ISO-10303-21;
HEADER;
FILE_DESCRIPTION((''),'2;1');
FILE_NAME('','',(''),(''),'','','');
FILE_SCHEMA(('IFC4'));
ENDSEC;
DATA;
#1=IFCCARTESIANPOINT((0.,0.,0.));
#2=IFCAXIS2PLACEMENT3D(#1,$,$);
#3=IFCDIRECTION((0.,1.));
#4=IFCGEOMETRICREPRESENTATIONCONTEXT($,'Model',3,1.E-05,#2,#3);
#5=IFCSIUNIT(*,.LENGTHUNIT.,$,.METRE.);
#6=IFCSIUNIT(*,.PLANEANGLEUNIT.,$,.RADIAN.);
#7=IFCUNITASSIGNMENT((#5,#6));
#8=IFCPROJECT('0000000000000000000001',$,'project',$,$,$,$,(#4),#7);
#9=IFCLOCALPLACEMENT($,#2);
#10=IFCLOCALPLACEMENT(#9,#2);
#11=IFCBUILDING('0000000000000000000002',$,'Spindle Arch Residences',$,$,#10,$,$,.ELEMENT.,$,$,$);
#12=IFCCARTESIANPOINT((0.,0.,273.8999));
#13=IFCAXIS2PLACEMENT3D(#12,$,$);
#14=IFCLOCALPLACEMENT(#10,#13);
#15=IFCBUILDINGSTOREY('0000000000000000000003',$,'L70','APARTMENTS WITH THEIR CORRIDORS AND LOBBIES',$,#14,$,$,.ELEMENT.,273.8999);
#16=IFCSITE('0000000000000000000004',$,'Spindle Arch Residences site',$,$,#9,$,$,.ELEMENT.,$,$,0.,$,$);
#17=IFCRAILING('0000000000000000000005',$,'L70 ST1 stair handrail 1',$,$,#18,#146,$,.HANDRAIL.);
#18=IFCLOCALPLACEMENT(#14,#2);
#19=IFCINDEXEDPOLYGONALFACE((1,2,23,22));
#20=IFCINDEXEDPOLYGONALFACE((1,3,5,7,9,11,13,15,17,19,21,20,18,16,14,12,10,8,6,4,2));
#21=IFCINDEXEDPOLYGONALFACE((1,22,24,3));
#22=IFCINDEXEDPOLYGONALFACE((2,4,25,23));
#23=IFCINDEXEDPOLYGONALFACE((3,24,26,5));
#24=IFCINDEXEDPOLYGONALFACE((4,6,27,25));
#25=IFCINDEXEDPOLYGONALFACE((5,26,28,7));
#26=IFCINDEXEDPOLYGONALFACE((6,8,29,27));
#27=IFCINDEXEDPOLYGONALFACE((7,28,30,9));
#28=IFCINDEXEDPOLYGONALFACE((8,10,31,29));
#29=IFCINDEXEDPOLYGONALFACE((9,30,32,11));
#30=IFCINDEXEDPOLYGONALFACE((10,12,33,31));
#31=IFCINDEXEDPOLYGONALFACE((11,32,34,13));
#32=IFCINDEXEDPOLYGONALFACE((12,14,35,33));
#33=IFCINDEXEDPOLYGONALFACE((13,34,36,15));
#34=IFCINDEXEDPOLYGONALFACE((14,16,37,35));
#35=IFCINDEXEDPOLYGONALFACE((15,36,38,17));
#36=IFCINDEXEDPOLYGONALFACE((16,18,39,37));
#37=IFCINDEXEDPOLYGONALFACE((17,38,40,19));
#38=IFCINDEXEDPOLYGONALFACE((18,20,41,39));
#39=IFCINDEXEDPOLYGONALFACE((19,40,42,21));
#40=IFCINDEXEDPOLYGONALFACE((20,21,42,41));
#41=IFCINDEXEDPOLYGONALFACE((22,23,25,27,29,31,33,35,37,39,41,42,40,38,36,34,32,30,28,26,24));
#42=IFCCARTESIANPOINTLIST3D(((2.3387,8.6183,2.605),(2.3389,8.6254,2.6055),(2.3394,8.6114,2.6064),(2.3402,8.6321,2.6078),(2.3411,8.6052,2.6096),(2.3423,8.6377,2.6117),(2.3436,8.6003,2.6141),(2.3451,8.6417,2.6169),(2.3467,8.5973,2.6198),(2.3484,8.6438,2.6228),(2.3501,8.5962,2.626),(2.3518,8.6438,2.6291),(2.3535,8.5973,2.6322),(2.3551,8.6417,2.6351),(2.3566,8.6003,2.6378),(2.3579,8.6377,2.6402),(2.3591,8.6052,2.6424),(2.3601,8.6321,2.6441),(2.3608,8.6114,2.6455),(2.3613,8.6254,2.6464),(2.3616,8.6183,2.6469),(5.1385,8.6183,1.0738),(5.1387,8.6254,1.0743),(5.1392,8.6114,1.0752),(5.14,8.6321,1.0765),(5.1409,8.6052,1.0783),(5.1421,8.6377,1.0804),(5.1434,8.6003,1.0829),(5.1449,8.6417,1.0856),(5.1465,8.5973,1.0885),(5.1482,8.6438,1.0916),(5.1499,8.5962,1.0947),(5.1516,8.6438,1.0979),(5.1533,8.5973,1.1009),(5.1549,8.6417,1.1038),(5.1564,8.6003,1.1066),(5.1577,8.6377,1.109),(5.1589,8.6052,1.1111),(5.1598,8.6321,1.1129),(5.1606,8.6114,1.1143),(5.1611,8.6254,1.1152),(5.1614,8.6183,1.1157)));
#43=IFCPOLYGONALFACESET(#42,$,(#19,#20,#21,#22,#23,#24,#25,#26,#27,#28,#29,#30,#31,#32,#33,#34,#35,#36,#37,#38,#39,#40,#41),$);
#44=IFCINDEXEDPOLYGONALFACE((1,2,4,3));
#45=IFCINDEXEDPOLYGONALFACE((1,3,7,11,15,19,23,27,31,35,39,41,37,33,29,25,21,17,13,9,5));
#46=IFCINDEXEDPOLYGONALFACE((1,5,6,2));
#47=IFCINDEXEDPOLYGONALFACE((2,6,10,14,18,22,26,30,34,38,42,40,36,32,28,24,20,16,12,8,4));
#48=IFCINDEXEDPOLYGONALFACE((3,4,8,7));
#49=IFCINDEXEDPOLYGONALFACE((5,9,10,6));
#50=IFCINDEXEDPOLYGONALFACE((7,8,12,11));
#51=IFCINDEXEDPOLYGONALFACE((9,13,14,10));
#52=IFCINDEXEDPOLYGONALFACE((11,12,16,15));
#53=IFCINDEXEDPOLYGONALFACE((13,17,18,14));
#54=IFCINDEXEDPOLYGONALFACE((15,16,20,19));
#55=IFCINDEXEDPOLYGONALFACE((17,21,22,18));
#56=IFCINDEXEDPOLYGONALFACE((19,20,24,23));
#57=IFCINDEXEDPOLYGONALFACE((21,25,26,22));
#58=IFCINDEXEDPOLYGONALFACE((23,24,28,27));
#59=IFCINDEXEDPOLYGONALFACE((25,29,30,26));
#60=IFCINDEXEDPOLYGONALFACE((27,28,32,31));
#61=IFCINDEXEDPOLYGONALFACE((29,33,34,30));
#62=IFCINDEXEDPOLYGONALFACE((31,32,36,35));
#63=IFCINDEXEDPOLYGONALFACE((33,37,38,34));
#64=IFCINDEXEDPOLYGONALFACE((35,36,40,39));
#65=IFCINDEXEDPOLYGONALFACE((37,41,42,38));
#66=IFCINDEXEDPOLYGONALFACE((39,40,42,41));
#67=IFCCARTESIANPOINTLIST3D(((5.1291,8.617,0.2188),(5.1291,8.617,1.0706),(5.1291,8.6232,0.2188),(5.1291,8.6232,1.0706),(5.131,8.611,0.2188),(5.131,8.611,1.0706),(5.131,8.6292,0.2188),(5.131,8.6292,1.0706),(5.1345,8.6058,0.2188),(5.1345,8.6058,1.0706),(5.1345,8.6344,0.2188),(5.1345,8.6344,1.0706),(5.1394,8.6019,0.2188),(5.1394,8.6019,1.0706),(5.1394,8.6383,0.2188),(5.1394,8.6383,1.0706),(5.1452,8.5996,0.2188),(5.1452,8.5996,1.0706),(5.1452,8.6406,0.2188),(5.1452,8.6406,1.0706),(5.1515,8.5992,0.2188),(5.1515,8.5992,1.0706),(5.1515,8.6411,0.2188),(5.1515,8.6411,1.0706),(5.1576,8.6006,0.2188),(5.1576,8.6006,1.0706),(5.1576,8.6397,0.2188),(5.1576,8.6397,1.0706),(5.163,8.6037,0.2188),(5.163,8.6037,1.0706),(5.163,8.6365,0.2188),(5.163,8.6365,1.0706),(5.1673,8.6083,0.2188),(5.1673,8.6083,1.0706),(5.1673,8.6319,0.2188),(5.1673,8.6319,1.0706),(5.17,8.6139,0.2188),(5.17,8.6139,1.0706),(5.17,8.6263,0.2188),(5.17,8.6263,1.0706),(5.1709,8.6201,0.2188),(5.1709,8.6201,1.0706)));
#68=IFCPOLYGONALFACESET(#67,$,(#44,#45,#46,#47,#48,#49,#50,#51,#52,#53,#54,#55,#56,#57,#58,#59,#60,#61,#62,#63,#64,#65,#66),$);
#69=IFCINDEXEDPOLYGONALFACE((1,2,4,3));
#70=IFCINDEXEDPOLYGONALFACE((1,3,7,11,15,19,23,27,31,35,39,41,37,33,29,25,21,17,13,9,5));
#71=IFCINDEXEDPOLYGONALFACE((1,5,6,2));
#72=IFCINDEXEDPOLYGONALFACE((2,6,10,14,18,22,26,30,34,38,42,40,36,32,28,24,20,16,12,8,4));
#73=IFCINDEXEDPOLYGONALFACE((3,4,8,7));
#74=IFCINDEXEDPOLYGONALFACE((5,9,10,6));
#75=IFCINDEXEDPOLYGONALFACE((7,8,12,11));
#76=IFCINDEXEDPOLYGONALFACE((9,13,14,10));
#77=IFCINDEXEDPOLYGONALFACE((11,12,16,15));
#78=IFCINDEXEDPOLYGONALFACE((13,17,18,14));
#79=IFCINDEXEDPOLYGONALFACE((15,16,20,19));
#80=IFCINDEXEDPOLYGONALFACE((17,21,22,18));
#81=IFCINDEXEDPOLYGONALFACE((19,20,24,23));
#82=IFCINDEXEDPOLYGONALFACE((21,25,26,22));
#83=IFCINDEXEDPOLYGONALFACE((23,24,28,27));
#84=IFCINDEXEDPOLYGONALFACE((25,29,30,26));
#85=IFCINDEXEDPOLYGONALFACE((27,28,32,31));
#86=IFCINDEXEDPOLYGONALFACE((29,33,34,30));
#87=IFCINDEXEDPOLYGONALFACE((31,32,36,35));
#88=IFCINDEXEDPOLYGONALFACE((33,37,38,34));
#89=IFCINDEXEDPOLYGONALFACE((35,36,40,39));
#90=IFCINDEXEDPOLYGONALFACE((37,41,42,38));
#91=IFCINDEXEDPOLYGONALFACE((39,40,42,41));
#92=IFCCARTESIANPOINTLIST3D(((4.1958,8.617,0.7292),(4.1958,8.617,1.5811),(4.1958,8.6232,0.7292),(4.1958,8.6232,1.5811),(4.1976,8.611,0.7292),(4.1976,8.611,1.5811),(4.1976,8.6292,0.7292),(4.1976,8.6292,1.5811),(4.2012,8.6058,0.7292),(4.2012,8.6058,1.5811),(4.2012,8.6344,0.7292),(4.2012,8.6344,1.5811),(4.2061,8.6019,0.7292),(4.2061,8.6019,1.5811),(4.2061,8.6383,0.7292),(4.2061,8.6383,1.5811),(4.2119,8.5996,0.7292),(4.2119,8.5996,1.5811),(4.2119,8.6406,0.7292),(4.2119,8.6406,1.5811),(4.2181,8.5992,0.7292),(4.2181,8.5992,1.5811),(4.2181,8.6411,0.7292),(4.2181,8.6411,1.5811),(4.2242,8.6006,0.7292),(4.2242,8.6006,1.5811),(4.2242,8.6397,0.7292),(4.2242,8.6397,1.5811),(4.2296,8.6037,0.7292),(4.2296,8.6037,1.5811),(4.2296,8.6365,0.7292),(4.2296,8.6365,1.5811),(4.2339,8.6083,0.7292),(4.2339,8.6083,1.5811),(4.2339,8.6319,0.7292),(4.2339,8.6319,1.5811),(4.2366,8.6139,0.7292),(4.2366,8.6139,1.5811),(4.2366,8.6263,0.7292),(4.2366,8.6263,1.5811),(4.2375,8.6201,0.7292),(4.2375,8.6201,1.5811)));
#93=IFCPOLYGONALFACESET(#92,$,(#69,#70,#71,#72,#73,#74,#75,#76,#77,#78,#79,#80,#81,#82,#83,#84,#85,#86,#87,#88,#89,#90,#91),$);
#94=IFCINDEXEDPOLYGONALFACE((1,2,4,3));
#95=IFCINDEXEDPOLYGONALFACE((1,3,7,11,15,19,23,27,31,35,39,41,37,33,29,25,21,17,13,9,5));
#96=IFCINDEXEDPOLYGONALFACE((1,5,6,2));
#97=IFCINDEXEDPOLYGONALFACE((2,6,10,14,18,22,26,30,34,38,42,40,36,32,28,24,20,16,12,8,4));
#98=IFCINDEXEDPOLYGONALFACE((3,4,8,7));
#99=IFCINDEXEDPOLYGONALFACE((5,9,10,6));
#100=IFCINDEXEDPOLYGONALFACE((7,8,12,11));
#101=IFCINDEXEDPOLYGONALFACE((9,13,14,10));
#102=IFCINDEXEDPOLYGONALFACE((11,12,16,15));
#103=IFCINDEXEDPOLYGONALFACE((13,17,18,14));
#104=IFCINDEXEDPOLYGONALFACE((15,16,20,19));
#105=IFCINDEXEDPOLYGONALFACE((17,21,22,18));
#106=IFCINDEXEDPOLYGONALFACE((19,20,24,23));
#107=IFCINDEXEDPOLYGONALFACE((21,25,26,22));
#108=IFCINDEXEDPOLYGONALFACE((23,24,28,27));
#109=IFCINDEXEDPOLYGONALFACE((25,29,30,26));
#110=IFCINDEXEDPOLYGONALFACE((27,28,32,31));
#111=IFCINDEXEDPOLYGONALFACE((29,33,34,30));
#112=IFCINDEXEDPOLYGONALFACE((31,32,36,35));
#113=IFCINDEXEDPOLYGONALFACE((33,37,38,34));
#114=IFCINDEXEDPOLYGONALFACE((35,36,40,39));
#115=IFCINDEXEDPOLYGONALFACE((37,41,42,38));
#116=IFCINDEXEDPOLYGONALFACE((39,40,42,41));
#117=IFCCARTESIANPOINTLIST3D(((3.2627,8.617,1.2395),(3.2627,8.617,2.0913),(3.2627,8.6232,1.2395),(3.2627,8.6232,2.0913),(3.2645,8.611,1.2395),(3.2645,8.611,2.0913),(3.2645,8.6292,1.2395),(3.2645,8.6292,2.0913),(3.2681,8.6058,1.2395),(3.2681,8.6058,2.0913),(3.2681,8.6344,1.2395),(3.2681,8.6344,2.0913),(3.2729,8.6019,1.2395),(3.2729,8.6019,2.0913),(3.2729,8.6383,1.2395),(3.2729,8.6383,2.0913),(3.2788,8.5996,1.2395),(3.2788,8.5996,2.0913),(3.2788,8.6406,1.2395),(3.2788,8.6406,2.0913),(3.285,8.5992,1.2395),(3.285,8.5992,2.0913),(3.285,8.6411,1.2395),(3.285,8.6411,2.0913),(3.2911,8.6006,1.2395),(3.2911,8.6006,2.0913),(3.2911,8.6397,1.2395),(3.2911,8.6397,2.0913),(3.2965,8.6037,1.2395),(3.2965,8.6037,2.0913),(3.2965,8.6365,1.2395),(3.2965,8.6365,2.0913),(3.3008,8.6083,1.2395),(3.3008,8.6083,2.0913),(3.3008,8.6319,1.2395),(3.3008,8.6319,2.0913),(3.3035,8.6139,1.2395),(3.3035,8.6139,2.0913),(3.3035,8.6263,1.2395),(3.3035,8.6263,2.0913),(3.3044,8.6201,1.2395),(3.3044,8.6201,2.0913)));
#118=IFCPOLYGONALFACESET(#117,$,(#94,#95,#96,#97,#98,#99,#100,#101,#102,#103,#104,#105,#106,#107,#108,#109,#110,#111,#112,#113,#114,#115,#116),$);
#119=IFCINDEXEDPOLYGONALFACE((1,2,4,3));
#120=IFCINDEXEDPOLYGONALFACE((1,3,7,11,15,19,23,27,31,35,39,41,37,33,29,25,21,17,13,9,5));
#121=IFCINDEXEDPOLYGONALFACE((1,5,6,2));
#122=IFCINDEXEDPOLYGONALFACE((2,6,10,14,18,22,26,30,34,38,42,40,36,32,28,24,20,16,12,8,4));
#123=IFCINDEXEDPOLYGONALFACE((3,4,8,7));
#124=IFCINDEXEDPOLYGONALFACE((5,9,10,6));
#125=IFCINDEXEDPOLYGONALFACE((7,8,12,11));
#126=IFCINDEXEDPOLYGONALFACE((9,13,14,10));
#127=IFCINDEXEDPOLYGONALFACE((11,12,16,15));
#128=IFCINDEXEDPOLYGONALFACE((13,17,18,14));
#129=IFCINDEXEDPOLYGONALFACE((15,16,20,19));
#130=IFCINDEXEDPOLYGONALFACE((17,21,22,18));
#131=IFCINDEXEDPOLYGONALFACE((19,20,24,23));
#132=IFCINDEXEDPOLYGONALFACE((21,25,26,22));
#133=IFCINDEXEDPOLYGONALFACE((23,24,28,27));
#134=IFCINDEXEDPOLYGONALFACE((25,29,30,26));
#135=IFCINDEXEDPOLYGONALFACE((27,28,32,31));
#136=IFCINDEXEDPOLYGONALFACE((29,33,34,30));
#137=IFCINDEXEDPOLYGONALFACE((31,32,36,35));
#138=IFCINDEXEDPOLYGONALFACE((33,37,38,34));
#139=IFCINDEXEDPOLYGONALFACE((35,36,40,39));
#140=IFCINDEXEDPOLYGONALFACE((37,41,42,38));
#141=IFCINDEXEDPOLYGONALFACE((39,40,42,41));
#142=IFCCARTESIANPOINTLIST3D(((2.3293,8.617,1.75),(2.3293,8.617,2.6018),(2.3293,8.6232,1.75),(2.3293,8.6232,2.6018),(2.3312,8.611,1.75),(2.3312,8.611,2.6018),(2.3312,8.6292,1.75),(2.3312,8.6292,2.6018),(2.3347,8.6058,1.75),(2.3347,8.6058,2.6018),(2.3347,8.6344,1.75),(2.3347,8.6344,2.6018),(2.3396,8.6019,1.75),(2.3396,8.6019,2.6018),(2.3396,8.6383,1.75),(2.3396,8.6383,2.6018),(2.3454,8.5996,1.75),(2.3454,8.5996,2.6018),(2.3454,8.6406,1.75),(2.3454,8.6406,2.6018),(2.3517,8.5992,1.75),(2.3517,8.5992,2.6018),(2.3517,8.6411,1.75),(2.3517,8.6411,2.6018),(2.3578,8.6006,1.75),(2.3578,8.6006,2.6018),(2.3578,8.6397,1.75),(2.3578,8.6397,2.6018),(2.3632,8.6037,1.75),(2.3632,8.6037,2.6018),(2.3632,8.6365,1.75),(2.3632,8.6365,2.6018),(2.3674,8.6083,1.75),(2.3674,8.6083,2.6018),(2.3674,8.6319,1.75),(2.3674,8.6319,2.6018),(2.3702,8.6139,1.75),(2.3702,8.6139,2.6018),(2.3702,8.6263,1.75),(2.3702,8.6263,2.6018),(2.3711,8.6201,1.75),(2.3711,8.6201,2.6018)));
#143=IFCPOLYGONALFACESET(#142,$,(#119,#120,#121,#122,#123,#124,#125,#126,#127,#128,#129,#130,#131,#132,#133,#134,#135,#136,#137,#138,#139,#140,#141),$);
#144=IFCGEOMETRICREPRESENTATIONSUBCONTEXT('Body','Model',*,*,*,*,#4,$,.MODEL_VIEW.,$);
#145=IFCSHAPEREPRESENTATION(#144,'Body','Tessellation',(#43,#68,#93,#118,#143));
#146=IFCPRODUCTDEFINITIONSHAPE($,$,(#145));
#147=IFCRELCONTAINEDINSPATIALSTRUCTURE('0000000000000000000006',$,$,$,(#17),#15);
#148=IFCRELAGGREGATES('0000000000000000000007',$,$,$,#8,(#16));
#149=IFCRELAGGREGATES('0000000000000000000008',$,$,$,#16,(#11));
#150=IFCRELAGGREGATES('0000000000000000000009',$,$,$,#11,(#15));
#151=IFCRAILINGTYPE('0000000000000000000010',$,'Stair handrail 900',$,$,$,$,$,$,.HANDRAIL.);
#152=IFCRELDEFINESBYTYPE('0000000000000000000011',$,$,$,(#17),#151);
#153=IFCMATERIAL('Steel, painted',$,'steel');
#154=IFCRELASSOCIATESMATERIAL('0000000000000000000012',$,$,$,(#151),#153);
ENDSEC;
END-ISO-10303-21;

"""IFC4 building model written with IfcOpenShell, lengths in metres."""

from ifc_helpers import new_model, si_unit, direction, frame, origin, origin_2d, place, context, subcontext, project, spatial, circle, extrude, material, type_object, element, save


model = new_model("IFC4")

# Units and contexts
model_context = context("Model", 3, precision=1e-05, world=origin(), true_north=direction((0.0, 1.0)))
body_context = subcontext(model_context, "Body", "Model", "MODEL_VIEW")
ifc_project = project(units=[si_unit("LENGTHUNIT", "METRE"), si_unit("PLANEANGLEUNIT", "RADIAN")], contexts=[model_context])

# Site, building, storey
site_placement = place(None, origin())
site = spatial("IfcSite", under=ifc_project, at=site_placement, Name="Spindle Arch Residences site", CompositionType="ELEMENT", RefElevation=0.0)
building_placement = place(site_placement, origin())
building = spatial("IfcBuilding", under=site, at=building_placement, Name="Spindle Arch Residences", CompositionType="ELEMENT")
storey_placement = place(building_placement, frame((0.0, 0.0, 273.8999)))
storey = spatial("IfcBuildingStorey", under=building, at=storey_placement, Name="L70", Description="APARTMENTS WITH THEIR CORRIDORS AND LOBBIES", CompositionType="ELEMENT", Elevation=273.8999)

# Railing
ifc_material_1 = material(Name="Steel, painted", Category="steel")
railing_type_1 = type_object("IfcRailingType", Name="Stair handrail 900", PredefinedType="HANDRAIL", material=ifc_material_1)
railing_1_placement = place(storey_placement, frame((5.1499, 8.6201, 0.2188)))
element("IfcRailing", 1, at=railing_1_placement, inside=storey, type_object=railing_type_1, Name="L70 ST1 stair handrail 1", PredefinedType="HANDRAIL", context=body_context, shape_type="SweptSolid", body=[
    extrude(circle(Radius=0.0239, at=origin_2d()), frame((0.0, 0.0, 0.876), z_axis=(-0.877357, 0.0, 0.479838), x_axis=(0.0, -1.0, 0.0)), (0.0, 0.0, 1.0), 3.1912),
    extrude(circle(Radius=0.021, at=origin_2d()), origin(), (0.0, 0.0, 1.0), 0.8518),
    extrude(circle(Radius=0.021, at=origin_2d()), frame((-0.9333, 0.0, 0.5105)), (0.0, 0.0, 1.0), 0.8518),
    extrude(circle(Radius=0.021, at=origin_2d()), frame((-1.8665, 0.0, 1.0208)), (0.0, 0.0, 1.0), 0.8518),
    extrude(circle(Radius=0.021, at=origin_2d()), frame((-2.7998, 0.0, 1.5312)), (0.0, 0.0, 1.0), 0.8518),
])

save(model, "model.ifc")
